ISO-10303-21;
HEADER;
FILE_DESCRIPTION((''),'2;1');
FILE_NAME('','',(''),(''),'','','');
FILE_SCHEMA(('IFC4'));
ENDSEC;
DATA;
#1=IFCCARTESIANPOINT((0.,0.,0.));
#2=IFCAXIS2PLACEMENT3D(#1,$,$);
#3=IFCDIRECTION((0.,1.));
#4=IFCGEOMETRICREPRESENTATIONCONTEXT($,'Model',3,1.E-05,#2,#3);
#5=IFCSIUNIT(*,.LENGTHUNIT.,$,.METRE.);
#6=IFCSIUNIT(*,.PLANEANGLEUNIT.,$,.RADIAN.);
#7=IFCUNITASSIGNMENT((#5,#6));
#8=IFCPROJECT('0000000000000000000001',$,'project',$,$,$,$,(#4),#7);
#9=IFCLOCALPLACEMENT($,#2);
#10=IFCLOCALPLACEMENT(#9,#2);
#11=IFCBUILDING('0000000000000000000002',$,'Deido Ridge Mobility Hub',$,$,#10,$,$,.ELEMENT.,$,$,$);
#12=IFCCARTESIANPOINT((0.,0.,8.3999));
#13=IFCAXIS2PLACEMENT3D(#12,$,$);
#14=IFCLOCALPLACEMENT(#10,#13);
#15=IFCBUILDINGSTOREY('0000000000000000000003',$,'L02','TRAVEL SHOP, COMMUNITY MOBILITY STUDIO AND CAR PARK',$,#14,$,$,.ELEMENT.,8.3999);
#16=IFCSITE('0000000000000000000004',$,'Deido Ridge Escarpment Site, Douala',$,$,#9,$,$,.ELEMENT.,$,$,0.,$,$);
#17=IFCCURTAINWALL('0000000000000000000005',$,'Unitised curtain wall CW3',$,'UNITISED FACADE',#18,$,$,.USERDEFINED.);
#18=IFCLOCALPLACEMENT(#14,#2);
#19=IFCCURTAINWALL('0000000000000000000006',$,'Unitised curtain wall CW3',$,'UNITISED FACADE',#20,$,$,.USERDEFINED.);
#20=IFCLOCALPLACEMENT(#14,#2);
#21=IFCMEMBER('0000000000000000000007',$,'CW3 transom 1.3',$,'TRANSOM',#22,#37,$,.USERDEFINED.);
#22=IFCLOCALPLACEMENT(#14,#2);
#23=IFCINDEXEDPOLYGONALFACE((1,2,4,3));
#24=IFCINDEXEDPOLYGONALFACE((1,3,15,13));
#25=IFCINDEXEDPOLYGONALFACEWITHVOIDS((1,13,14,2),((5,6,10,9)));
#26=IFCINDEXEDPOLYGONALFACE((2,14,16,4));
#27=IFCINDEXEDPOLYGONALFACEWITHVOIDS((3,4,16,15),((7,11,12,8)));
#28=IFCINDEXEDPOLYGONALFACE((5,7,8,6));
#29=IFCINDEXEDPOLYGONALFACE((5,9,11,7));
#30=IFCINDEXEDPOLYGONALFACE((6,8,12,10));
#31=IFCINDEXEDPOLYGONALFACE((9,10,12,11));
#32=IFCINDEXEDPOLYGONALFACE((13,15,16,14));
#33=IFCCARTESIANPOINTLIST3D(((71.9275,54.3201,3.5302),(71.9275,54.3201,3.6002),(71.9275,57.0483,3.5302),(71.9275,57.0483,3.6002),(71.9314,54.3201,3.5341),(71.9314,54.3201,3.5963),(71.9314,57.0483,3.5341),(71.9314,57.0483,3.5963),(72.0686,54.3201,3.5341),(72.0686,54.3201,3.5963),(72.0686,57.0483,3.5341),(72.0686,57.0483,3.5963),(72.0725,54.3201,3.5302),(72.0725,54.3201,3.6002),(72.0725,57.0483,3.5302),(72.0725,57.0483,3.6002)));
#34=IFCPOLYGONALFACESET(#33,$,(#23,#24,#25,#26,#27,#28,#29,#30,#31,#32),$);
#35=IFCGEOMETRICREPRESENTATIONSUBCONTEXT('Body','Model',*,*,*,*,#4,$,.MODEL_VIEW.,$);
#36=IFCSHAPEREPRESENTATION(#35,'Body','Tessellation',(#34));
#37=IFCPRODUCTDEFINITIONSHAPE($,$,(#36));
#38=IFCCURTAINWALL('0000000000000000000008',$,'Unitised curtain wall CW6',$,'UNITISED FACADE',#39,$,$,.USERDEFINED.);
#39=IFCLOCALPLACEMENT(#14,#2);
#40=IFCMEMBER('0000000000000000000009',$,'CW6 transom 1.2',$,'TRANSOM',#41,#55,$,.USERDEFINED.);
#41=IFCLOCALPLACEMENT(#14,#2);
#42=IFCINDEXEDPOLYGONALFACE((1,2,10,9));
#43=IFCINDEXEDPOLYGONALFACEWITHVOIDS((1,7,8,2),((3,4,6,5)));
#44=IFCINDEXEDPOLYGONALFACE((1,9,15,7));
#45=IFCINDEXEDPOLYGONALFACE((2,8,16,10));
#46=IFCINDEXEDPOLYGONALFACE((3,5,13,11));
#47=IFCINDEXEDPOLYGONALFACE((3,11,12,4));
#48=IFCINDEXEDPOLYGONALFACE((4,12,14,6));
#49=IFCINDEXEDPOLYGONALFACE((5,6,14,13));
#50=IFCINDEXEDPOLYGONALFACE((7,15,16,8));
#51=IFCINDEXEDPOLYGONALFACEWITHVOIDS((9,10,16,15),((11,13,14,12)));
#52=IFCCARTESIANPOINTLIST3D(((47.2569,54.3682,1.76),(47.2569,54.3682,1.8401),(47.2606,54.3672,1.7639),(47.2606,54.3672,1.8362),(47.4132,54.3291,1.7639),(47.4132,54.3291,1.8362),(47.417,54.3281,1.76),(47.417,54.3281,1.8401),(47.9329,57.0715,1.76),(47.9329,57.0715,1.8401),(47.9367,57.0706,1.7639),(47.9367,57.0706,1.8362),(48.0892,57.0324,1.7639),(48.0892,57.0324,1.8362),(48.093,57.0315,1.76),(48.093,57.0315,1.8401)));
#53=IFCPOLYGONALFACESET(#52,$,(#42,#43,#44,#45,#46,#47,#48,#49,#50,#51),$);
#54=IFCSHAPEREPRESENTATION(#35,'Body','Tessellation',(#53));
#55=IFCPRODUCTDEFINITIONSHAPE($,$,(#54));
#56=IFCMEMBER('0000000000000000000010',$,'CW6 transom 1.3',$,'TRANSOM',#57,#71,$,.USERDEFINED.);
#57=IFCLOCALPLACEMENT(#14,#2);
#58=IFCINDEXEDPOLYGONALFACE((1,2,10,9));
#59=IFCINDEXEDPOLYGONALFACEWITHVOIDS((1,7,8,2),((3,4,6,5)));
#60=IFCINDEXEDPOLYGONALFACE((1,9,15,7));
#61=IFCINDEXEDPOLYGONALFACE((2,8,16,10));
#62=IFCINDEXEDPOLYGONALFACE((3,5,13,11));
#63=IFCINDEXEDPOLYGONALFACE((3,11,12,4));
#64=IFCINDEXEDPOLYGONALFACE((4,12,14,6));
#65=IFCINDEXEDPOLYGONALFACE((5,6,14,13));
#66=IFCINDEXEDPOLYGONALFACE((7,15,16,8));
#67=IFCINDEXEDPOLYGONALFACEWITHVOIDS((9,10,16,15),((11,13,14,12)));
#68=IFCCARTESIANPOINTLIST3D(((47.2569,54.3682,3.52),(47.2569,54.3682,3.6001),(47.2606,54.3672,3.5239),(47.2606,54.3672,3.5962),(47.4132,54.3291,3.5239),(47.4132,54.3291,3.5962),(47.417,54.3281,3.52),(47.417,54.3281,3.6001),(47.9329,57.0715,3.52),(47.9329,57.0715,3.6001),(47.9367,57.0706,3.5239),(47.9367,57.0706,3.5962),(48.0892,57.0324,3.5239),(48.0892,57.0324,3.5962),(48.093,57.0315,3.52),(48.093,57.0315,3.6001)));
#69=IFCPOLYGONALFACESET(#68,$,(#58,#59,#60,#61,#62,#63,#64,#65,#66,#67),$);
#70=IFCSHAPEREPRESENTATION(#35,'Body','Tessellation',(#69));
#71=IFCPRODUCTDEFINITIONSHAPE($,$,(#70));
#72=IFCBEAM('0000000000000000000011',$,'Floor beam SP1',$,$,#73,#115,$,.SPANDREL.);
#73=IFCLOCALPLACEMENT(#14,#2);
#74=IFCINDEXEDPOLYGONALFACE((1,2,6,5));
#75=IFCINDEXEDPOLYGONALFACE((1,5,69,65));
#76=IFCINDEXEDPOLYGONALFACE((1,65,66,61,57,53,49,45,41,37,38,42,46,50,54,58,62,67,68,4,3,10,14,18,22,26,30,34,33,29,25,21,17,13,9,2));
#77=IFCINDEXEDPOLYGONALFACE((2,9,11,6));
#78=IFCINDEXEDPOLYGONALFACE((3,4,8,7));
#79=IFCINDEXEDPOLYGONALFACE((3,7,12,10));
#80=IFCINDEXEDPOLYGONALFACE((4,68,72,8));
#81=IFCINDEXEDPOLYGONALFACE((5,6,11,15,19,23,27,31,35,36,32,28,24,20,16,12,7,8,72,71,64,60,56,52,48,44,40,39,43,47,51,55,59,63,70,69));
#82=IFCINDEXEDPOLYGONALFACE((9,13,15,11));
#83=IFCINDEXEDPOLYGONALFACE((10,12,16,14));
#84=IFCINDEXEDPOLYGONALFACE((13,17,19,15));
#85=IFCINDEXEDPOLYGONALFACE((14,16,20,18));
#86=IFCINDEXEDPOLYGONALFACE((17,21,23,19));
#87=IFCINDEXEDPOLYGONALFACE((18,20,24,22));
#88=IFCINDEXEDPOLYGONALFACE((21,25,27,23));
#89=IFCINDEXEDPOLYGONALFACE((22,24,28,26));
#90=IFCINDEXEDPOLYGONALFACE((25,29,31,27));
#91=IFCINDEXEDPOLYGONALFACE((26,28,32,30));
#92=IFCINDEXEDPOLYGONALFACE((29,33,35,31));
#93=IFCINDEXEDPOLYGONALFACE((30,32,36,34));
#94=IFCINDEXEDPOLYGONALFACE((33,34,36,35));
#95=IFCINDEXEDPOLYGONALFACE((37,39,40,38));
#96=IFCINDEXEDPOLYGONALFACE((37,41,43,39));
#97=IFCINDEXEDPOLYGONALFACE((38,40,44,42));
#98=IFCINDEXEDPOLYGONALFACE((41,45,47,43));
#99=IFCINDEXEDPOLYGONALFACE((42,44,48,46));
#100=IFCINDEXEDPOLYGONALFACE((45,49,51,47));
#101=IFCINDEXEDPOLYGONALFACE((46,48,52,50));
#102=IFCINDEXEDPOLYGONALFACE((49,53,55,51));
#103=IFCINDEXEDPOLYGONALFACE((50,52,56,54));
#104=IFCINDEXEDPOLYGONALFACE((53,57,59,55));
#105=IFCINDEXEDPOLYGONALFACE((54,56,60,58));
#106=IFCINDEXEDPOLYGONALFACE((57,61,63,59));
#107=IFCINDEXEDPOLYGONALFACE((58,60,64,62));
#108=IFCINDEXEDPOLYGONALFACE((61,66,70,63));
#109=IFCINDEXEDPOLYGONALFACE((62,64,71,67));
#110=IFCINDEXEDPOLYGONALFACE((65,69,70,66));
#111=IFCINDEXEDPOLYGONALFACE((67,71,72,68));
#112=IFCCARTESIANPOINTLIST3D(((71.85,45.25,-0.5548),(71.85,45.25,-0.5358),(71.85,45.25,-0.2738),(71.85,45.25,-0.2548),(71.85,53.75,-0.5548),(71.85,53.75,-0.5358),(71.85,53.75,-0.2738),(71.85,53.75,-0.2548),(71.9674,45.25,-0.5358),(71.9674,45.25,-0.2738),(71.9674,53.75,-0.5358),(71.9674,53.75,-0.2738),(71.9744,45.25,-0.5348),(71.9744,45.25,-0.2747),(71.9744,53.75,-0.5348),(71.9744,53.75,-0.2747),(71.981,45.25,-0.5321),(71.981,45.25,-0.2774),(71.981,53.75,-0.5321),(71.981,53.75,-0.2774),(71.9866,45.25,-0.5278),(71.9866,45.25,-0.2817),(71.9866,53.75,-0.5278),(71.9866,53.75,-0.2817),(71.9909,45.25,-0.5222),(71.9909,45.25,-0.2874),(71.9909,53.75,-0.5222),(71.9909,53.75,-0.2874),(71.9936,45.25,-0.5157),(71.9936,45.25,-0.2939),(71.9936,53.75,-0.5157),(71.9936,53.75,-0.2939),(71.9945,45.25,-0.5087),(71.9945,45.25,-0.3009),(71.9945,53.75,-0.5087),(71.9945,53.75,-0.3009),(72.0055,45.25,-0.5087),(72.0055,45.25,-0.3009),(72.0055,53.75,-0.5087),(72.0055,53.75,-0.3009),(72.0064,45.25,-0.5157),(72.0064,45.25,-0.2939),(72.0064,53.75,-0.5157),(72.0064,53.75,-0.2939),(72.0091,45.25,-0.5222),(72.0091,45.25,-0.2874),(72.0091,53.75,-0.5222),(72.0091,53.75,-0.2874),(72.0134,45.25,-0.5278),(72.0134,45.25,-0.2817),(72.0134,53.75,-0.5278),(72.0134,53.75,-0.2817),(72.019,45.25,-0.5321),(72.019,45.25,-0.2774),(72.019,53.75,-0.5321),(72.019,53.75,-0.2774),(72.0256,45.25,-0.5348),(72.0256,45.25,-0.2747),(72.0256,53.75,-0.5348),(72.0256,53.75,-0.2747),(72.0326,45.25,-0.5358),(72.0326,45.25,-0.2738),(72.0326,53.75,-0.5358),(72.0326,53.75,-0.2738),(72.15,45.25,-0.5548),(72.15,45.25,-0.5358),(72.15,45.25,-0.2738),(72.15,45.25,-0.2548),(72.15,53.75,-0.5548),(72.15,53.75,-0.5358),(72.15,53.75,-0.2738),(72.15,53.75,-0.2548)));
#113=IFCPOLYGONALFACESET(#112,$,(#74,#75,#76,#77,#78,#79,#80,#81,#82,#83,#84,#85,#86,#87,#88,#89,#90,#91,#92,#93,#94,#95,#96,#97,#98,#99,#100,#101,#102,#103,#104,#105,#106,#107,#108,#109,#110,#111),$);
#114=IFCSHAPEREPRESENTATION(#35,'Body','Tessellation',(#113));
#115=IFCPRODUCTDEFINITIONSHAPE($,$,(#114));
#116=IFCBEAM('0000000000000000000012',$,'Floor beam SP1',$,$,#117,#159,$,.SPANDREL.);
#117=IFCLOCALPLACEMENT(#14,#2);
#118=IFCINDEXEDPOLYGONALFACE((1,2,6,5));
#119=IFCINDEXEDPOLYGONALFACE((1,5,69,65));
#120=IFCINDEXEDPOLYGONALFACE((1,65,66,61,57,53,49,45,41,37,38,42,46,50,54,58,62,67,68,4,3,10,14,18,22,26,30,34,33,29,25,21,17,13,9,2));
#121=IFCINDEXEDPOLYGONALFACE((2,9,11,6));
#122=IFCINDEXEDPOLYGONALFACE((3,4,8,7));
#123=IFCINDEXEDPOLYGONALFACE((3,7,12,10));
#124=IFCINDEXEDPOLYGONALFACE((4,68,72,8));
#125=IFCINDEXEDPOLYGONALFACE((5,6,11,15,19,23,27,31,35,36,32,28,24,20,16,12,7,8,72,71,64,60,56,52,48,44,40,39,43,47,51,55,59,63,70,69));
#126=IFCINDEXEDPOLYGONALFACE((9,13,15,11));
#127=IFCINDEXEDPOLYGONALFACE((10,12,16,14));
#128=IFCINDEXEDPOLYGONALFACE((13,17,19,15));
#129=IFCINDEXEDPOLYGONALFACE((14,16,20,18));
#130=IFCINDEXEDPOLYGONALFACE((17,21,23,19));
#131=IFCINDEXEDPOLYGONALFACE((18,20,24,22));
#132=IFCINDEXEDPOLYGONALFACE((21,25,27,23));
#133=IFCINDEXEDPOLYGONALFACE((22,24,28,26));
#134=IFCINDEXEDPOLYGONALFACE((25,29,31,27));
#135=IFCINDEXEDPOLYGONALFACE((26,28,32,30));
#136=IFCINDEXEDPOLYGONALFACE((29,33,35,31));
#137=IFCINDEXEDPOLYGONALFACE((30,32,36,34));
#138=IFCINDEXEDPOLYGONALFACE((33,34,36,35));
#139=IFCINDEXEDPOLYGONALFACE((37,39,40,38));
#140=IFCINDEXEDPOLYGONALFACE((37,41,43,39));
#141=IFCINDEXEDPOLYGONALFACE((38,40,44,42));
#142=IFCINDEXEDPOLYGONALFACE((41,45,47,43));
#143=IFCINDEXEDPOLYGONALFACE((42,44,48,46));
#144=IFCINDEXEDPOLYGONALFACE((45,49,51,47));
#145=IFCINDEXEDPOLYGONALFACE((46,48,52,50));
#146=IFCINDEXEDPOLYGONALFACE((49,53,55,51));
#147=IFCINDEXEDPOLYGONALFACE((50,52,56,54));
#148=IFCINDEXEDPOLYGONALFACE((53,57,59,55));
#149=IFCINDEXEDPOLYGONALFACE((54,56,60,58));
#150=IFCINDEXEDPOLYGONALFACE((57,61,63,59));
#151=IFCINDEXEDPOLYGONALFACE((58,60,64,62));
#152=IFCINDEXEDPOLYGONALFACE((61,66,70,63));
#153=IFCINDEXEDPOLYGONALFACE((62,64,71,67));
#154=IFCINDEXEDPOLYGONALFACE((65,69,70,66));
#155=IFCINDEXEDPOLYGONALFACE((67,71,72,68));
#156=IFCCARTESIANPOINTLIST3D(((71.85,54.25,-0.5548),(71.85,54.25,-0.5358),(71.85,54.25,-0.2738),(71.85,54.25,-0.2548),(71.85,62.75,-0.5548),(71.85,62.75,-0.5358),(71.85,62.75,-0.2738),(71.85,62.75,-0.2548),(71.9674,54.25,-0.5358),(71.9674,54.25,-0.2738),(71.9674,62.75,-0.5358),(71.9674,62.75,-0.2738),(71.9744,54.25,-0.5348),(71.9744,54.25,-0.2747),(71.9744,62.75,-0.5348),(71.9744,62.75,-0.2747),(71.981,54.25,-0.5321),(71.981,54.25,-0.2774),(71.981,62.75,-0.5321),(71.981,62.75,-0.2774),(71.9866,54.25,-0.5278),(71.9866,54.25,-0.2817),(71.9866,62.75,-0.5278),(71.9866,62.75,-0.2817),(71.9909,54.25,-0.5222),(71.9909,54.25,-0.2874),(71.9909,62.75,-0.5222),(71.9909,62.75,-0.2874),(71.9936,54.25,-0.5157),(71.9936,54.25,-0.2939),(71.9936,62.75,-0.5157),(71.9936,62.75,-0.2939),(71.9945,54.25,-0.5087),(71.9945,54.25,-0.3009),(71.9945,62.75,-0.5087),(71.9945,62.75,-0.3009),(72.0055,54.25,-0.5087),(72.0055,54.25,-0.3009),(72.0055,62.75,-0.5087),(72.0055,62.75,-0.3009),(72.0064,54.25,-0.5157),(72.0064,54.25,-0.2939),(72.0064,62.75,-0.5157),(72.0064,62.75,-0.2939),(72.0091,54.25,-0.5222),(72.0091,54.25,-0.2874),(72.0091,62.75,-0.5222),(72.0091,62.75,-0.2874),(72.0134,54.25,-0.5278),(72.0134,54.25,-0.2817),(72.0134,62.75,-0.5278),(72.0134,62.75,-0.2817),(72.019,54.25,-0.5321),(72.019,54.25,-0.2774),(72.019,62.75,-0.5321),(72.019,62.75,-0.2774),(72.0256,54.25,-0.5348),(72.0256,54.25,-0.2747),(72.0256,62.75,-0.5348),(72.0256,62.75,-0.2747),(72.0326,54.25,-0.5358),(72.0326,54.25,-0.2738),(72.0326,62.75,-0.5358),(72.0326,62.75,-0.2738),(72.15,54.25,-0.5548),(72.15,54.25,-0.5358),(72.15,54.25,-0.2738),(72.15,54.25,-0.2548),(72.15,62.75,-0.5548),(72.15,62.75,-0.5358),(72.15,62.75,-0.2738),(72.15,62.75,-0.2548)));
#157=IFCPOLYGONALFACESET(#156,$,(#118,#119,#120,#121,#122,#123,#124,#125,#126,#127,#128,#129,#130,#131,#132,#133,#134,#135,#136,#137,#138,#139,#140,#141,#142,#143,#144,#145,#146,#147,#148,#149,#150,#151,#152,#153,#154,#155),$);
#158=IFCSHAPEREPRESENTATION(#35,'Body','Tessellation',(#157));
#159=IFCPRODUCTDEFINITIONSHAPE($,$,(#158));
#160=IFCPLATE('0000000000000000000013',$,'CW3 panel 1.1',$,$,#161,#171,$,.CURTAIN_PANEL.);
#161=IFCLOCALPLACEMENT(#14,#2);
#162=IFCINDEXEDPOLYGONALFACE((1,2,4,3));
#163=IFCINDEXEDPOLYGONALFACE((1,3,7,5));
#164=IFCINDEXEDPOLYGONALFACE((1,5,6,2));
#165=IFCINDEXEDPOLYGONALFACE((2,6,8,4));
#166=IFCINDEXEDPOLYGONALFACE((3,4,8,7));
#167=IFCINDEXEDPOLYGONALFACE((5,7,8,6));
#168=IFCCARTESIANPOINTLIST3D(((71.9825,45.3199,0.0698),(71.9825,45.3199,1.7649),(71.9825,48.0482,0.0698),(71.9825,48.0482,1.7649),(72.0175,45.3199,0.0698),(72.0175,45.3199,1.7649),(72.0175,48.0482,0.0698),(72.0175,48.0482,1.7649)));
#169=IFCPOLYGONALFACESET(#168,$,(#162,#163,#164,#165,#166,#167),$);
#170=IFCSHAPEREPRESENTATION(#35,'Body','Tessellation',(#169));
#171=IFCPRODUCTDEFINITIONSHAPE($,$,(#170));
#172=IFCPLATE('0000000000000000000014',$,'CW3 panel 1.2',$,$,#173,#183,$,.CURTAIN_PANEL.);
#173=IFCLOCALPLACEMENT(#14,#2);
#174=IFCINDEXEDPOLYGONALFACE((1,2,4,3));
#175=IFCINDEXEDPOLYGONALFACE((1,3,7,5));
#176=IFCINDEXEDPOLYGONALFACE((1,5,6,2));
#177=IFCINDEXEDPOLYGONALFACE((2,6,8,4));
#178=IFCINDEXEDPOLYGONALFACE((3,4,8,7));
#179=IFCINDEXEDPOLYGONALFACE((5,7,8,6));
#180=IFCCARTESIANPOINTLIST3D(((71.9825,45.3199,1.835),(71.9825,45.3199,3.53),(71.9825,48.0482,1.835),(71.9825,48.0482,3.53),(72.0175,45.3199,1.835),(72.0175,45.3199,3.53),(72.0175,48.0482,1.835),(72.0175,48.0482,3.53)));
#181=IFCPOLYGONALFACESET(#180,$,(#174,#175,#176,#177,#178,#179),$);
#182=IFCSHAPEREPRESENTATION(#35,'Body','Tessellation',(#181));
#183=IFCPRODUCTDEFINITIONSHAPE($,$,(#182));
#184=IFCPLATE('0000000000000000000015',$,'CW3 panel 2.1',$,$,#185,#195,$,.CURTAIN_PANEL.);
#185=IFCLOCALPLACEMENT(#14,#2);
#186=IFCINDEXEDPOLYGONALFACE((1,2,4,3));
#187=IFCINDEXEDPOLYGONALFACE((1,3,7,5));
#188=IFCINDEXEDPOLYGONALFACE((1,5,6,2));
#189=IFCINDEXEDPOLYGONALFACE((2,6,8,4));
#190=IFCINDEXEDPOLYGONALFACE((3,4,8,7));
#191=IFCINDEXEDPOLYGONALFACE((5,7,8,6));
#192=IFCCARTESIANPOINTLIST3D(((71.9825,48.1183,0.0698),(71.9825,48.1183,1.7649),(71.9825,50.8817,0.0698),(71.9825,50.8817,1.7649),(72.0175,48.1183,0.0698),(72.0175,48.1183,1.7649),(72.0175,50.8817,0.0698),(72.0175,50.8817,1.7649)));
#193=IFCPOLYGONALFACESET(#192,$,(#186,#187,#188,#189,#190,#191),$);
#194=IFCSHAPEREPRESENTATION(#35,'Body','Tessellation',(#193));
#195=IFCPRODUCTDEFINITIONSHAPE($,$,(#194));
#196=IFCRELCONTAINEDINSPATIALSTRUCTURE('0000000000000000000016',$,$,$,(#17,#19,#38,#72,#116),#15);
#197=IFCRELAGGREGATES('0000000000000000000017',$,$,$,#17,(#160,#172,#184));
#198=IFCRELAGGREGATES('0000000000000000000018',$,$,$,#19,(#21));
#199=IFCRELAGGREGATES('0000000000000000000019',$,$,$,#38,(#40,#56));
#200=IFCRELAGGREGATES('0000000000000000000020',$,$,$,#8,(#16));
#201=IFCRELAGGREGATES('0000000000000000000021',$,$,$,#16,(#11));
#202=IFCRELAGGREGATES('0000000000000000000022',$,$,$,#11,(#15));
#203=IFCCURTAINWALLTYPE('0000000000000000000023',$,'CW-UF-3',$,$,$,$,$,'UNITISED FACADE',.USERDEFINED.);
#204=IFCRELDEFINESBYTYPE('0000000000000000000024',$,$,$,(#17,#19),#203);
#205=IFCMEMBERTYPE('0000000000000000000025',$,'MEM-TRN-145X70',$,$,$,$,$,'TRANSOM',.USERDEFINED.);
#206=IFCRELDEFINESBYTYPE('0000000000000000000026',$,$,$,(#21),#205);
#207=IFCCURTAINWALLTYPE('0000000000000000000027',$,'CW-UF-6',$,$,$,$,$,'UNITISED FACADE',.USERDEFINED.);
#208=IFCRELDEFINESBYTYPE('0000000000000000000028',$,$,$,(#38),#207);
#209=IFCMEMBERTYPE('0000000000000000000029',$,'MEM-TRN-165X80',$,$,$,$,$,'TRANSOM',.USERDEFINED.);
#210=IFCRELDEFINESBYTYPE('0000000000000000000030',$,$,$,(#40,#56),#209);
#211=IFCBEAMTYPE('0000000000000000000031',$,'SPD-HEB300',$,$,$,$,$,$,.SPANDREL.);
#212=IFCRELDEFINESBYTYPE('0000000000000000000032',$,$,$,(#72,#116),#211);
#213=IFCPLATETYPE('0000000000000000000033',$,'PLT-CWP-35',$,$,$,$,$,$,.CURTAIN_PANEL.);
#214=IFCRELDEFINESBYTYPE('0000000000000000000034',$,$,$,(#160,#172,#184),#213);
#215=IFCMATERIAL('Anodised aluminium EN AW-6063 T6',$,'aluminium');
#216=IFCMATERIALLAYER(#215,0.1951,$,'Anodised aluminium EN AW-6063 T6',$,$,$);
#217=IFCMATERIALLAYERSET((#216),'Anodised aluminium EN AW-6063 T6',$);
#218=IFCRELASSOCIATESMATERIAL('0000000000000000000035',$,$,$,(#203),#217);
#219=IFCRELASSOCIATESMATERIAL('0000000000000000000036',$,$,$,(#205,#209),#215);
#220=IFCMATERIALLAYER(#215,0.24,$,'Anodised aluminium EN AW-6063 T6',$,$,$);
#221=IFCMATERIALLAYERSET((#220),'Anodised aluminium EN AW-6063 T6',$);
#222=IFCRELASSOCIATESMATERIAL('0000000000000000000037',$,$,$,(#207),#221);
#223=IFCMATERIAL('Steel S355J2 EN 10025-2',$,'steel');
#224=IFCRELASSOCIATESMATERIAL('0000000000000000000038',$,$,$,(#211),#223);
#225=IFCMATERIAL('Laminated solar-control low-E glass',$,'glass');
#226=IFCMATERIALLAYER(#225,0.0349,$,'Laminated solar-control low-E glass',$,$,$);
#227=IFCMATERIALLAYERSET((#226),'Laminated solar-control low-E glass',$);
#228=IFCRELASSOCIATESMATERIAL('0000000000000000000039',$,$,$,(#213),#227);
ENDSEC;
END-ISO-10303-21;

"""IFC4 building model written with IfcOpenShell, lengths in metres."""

from ifc_helpers import new_model, si_unit, direction, frame, origin, origin_2d, place, context, subcontext, project, spatial, rectangle, hollow_rectangle, i_section, extrude, material, layer, layer_set, material_profile, profile_set, type_object, element, aggregate, save


model = new_model("IFC4")

# Units and contexts
model_context = context("Model", 3, precision=1e-05, world=origin(), true_north=direction((0.0, 1.0)))
body_context = subcontext(model_context, "Body", "Model", "MODEL_VIEW")
ifc_project = project(units=[si_unit("LENGTHUNIT", "METRE"), si_unit("PLANEANGLEUNIT", "RADIAN")], contexts=[model_context])

# Site, building, storey
site_placement = place(None, origin())
site = spatial("IfcSite", under=ifc_project, at=site_placement, Name="Deido Ridge Escarpment Site, Douala", CompositionType="ELEMENT", RefElevation=0.0)
building_placement = place(site_placement, origin())
building = spatial("IfcBuilding", under=site, at=building_placement, Name="Deido Ridge Mobility Hub", CompositionType="ELEMENT")
storey_placement = place(building_placement, frame((0.0, 0.0, 8.3999)))
storey = spatial("IfcBuildingStorey", under=building, at=storey_placement, Name="L02", Description="TRAVEL SHOP, COMMUNITY MOBILITY STUDIO AND CAR PARK", CompositionType="ELEMENT", Elevation=8.3999)

# Shared definitions
ifc_material_1 = material(Name="Steel S355J2 EN 10025-2", Category="steel")

# Curtain walls
ifc_material_2 = material(Name="Anodised aluminium EN AW-6063 T6", Category="aluminium")
ifc_layer_1 = layer(ifc_material_2, 0.1951, Name="Anodised aluminium EN AW-6063 T6")
ifc_layer_set_1 = layer_set([ifc_layer_1], Name="Anodised aluminium EN AW-6063 T6")
curtain_wall_type_1 = type_object("IfcCurtainWallType", Name="CW-UF-3", ElementType="UNITISED FACADE", PredefinedType="USERDEFINED", material=ifc_layer_set_1)
curtain_wall_1_placement = place(storey_placement, origin())
curtain_wall_1 = element("IfcCurtainWall", 1, at=curtain_wall_1_placement, inside=storey, type_object=curtain_wall_type_1, Name="Unitised curtain wall CW3", ObjectType="UNITISED FACADE", PredefinedType="USERDEFINED")
curtain_wall_2_placement = place(storey_placement, origin())
curtain_wall_2 = element("IfcCurtainWall", 2, at=curtain_wall_2_placement, inside=storey, type_object=curtain_wall_type_1, Name="Unitised curtain wall CW3", ObjectType="UNITISED FACADE", PredefinedType="USERDEFINED")

# Member
ifc_material_profile_1 = material_profile(ifc_material_2, hollow_rectangle(XDim=0.145, YDim=0.0701, WallThickness=0.0039, at=origin_2d()), Name="RHS 145x70x4")
ifc_profile_set_1 = profile_set([ifc_material_profile_1], Name="Anodised aluminium EN AW-6063 T6")
member_type_1 = type_object("IfcMemberType", Name="MEM-TRN-145X70", ElementType="TRANSOM", PredefinedType="USERDEFINED", material=ifc_profile_set_1)
member_1_placement = place(storey_placement, frame((72.0, 54.3201, 3.5652), z_axis=(0.0, 1.0, 0.0), x_axis=(-1.0, 0.0, 0.0)))
member_1 = element("IfcMember", 3, at=member_1_placement, type_object=member_type_1, Name="CW3 transom 1.3", ObjectType="TRANSOM", PredefinedType="USERDEFINED", context=body_context, shape_type="SweptSolid", body=[
    extrude(hollow_rectangle(XDim=0.145, YDim=0.0701, WallThickness=0.0039, at=origin_2d()), origin(), (0.0, 0.0, 1.0), 2.7283),
])

# Curtain wall, members
ifc_layer_2 = layer(ifc_material_2, 0.24, Name="Anodised aluminium EN AW-6063 T6")
ifc_layer_set_2 = layer_set([ifc_layer_2], Name="Anodised aluminium EN AW-6063 T6")
curtain_wall_type_2 = type_object("IfcCurtainWallType", Name="CW-UF-6", ElementType="UNITISED FACADE", PredefinedType="USERDEFINED", material=ifc_layer_set_2)
curtain_wall_3_placement = place(storey_placement, origin())
curtain_wall_3 = element("IfcCurtainWall", 4, at=curtain_wall_3_placement, inside=storey, type_object=curtain_wall_type_2, Name="Unitised curtain wall CW6", ObjectType="UNITISED FACADE", PredefinedType="USERDEFINED")
ifc_material_profile_2 = material_profile(ifc_material_2, hollow_rectangle(XDim=0.165, YDim=0.0801, WallThickness=0.0039, at=origin_2d()), Name="RHS 165x80x4")
ifc_profile_set_2 = profile_set([ifc_material_profile_2], Name="Anodised aluminium EN AW-6063 T6")
member_type_2 = type_object("IfcMemberType", Name="MEM-TRN-165X80", ElementType="TRANSOM", PredefinedType="USERDEFINED", material=ifc_profile_set_2)
member_2_placement = place(storey_placement, frame((47.3369, 54.3481, 1.8), z_axis=(0.242597, 0.970127, 0.0), x_axis=(-0.970127, 0.242597, 0.0)))
member_2 = element("IfcMember", 5, at=member_2_placement, type_object=member_type_2, Name="CW6 transom 1.2", ObjectType="TRANSOM", PredefinedType="USERDEFINED", context=body_context, shape_type="SweptSolid", body=[
    extrude(hollow_rectangle(XDim=0.165, YDim=0.0801, WallThickness=0.0039, at=origin_2d()), origin(), (0.0, 0.0, 1.0), 2.7866),
])
member_3_placement = place(storey_placement, frame((47.3369, 54.3481, 3.5601), z_axis=(0.242597, 0.970127, 0.0), x_axis=(-0.970127, 0.242597, 0.0)))
member_3 = element("IfcMember", 6, at=member_3_placement, type_object=member_type_2, Name="CW6 transom 1.3", ObjectType="TRANSOM", PredefinedType="USERDEFINED", context=body_context, shape_type="SweptSolid", body=[
    extrude(hollow_rectangle(XDim=0.165, YDim=0.0801, WallThickness=0.0039, at=origin_2d()), origin(), (0.0, 0.0, 1.0), 2.7866),
])

# Beams
ifc_material_profile_3 = material_profile(ifc_material_1, i_section(OverallWidth=0.3, OverallDepth=0.3, WebThickness=0.011, FlangeThickness=0.019, FilletRadius=0.0271, at=origin_2d()), Name="HEB 300")
ifc_profile_set_3 = profile_set([ifc_material_profile_3], Name="Steel S355J2 EN 10025-2")
beam_type = type_object("IfcBeamType", Name="SPD-HEB300", PredefinedType="SPANDREL", material=ifc_profile_set_3)
for number, where, z_axis, x_axis, name in (
    (7, (72.0, 45.25, -0.4048), (0.0, 1.0, 0.0), (-1.0, 0.0, 0.0), "Floor beam SP1"),
    (8, (72.0, 54.25, -0.4048), (0.0, 1.0, 0.0), (-1.0, 0.0, 0.0), "Floor beam SP1"),
):
    element("IfcBeam", number, at=place(storey_placement, frame(where, z_axis=z_axis, x_axis=x_axis)), inside=storey, type_object=beam_type, Name=name, PredefinedType="SPANDREL", context=body_context, shape_type="SweptSolid", body=[
        extrude(i_section(OverallWidth=0.3, OverallDepth=0.3, WebThickness=0.011, FlangeThickness=0.019, FilletRadius=0.0271, at=origin_2d()), origin(), (0.0, 0.0, 1.0), 8.5),
    ])

# Plates
ifc_material_3 = material(Name="Laminated solar-control low-E glass", Category="glass")
ifc_layer_3 = layer(ifc_material_3, 0.0349, Name="Laminated solar-control low-E glass")
ifc_layer_set_3 = layer_set([ifc_layer_3], Name="Laminated solar-control low-E glass")
plate_type_1 = type_object("IfcPlateType", Name="PLT-CWP-35", PredefinedType="CURTAIN_PANEL", material=ifc_layer_set_3)
plate_1_placement = place(storey_placement, frame((72.0, 46.6841, 0.0698), z_axis=(0.0, 0.0, 1.0), x_axis=(0.0, 1.0, 0.0)))
plate_1 = element("IfcPlate", 9, at=plate_1_placement, type_object=plate_type_1, Name="CW3 panel 1.1", PredefinedType="CURTAIN_PANEL", context=body_context, shape_type="SweptSolid", body=[
    extrude(rectangle(XDim=2.7283, YDim=0.0349, at=origin_2d()), origin(), (0.0, 0.0, 1.0), 1.6951),
])
plate_2_placement = place(storey_placement, frame((72.0, 46.6841, 1.835), z_axis=(0.0, 0.0, 1.0), x_axis=(0.0, 1.0, 0.0)))
plate_2 = element("IfcPlate", 10, at=plate_2_placement, type_object=plate_type_1, Name="CW3 panel 1.2", PredefinedType="CURTAIN_PANEL", context=body_context, shape_type="SweptSolid", body=[
    extrude(rectangle(XDim=2.7283, YDim=0.0349, at=origin_2d()), origin(), (0.0, 0.0, 1.0), 1.6951),
])
plate_3_placement = place(storey_placement, frame((72.0, 49.5, 0.0698), z_axis=(0.0, 0.0, 1.0), x_axis=(0.0, 1.0, 0.0)))
plate_3 = element("IfcPlate", 11, at=plate_3_placement, type_object=plate_type_1, Name="CW3 panel 2.1", PredefinedType="CURTAIN_PANEL", context=body_context, shape_type="SweptSolid", body=[
    extrude(rectangle(XDim=2.7634, YDim=0.0349, at=origin_2d()), origin(), (0.0, 0.0, 1.0), 1.6951),
])
aggregate(curtain_wall_1, [plate_1, plate_2, plate_3])
aggregate(curtain_wall_2, [member_1])
aggregate(curtain_wall_3, [member_2, member_3])

save(model, "model.ifc")
